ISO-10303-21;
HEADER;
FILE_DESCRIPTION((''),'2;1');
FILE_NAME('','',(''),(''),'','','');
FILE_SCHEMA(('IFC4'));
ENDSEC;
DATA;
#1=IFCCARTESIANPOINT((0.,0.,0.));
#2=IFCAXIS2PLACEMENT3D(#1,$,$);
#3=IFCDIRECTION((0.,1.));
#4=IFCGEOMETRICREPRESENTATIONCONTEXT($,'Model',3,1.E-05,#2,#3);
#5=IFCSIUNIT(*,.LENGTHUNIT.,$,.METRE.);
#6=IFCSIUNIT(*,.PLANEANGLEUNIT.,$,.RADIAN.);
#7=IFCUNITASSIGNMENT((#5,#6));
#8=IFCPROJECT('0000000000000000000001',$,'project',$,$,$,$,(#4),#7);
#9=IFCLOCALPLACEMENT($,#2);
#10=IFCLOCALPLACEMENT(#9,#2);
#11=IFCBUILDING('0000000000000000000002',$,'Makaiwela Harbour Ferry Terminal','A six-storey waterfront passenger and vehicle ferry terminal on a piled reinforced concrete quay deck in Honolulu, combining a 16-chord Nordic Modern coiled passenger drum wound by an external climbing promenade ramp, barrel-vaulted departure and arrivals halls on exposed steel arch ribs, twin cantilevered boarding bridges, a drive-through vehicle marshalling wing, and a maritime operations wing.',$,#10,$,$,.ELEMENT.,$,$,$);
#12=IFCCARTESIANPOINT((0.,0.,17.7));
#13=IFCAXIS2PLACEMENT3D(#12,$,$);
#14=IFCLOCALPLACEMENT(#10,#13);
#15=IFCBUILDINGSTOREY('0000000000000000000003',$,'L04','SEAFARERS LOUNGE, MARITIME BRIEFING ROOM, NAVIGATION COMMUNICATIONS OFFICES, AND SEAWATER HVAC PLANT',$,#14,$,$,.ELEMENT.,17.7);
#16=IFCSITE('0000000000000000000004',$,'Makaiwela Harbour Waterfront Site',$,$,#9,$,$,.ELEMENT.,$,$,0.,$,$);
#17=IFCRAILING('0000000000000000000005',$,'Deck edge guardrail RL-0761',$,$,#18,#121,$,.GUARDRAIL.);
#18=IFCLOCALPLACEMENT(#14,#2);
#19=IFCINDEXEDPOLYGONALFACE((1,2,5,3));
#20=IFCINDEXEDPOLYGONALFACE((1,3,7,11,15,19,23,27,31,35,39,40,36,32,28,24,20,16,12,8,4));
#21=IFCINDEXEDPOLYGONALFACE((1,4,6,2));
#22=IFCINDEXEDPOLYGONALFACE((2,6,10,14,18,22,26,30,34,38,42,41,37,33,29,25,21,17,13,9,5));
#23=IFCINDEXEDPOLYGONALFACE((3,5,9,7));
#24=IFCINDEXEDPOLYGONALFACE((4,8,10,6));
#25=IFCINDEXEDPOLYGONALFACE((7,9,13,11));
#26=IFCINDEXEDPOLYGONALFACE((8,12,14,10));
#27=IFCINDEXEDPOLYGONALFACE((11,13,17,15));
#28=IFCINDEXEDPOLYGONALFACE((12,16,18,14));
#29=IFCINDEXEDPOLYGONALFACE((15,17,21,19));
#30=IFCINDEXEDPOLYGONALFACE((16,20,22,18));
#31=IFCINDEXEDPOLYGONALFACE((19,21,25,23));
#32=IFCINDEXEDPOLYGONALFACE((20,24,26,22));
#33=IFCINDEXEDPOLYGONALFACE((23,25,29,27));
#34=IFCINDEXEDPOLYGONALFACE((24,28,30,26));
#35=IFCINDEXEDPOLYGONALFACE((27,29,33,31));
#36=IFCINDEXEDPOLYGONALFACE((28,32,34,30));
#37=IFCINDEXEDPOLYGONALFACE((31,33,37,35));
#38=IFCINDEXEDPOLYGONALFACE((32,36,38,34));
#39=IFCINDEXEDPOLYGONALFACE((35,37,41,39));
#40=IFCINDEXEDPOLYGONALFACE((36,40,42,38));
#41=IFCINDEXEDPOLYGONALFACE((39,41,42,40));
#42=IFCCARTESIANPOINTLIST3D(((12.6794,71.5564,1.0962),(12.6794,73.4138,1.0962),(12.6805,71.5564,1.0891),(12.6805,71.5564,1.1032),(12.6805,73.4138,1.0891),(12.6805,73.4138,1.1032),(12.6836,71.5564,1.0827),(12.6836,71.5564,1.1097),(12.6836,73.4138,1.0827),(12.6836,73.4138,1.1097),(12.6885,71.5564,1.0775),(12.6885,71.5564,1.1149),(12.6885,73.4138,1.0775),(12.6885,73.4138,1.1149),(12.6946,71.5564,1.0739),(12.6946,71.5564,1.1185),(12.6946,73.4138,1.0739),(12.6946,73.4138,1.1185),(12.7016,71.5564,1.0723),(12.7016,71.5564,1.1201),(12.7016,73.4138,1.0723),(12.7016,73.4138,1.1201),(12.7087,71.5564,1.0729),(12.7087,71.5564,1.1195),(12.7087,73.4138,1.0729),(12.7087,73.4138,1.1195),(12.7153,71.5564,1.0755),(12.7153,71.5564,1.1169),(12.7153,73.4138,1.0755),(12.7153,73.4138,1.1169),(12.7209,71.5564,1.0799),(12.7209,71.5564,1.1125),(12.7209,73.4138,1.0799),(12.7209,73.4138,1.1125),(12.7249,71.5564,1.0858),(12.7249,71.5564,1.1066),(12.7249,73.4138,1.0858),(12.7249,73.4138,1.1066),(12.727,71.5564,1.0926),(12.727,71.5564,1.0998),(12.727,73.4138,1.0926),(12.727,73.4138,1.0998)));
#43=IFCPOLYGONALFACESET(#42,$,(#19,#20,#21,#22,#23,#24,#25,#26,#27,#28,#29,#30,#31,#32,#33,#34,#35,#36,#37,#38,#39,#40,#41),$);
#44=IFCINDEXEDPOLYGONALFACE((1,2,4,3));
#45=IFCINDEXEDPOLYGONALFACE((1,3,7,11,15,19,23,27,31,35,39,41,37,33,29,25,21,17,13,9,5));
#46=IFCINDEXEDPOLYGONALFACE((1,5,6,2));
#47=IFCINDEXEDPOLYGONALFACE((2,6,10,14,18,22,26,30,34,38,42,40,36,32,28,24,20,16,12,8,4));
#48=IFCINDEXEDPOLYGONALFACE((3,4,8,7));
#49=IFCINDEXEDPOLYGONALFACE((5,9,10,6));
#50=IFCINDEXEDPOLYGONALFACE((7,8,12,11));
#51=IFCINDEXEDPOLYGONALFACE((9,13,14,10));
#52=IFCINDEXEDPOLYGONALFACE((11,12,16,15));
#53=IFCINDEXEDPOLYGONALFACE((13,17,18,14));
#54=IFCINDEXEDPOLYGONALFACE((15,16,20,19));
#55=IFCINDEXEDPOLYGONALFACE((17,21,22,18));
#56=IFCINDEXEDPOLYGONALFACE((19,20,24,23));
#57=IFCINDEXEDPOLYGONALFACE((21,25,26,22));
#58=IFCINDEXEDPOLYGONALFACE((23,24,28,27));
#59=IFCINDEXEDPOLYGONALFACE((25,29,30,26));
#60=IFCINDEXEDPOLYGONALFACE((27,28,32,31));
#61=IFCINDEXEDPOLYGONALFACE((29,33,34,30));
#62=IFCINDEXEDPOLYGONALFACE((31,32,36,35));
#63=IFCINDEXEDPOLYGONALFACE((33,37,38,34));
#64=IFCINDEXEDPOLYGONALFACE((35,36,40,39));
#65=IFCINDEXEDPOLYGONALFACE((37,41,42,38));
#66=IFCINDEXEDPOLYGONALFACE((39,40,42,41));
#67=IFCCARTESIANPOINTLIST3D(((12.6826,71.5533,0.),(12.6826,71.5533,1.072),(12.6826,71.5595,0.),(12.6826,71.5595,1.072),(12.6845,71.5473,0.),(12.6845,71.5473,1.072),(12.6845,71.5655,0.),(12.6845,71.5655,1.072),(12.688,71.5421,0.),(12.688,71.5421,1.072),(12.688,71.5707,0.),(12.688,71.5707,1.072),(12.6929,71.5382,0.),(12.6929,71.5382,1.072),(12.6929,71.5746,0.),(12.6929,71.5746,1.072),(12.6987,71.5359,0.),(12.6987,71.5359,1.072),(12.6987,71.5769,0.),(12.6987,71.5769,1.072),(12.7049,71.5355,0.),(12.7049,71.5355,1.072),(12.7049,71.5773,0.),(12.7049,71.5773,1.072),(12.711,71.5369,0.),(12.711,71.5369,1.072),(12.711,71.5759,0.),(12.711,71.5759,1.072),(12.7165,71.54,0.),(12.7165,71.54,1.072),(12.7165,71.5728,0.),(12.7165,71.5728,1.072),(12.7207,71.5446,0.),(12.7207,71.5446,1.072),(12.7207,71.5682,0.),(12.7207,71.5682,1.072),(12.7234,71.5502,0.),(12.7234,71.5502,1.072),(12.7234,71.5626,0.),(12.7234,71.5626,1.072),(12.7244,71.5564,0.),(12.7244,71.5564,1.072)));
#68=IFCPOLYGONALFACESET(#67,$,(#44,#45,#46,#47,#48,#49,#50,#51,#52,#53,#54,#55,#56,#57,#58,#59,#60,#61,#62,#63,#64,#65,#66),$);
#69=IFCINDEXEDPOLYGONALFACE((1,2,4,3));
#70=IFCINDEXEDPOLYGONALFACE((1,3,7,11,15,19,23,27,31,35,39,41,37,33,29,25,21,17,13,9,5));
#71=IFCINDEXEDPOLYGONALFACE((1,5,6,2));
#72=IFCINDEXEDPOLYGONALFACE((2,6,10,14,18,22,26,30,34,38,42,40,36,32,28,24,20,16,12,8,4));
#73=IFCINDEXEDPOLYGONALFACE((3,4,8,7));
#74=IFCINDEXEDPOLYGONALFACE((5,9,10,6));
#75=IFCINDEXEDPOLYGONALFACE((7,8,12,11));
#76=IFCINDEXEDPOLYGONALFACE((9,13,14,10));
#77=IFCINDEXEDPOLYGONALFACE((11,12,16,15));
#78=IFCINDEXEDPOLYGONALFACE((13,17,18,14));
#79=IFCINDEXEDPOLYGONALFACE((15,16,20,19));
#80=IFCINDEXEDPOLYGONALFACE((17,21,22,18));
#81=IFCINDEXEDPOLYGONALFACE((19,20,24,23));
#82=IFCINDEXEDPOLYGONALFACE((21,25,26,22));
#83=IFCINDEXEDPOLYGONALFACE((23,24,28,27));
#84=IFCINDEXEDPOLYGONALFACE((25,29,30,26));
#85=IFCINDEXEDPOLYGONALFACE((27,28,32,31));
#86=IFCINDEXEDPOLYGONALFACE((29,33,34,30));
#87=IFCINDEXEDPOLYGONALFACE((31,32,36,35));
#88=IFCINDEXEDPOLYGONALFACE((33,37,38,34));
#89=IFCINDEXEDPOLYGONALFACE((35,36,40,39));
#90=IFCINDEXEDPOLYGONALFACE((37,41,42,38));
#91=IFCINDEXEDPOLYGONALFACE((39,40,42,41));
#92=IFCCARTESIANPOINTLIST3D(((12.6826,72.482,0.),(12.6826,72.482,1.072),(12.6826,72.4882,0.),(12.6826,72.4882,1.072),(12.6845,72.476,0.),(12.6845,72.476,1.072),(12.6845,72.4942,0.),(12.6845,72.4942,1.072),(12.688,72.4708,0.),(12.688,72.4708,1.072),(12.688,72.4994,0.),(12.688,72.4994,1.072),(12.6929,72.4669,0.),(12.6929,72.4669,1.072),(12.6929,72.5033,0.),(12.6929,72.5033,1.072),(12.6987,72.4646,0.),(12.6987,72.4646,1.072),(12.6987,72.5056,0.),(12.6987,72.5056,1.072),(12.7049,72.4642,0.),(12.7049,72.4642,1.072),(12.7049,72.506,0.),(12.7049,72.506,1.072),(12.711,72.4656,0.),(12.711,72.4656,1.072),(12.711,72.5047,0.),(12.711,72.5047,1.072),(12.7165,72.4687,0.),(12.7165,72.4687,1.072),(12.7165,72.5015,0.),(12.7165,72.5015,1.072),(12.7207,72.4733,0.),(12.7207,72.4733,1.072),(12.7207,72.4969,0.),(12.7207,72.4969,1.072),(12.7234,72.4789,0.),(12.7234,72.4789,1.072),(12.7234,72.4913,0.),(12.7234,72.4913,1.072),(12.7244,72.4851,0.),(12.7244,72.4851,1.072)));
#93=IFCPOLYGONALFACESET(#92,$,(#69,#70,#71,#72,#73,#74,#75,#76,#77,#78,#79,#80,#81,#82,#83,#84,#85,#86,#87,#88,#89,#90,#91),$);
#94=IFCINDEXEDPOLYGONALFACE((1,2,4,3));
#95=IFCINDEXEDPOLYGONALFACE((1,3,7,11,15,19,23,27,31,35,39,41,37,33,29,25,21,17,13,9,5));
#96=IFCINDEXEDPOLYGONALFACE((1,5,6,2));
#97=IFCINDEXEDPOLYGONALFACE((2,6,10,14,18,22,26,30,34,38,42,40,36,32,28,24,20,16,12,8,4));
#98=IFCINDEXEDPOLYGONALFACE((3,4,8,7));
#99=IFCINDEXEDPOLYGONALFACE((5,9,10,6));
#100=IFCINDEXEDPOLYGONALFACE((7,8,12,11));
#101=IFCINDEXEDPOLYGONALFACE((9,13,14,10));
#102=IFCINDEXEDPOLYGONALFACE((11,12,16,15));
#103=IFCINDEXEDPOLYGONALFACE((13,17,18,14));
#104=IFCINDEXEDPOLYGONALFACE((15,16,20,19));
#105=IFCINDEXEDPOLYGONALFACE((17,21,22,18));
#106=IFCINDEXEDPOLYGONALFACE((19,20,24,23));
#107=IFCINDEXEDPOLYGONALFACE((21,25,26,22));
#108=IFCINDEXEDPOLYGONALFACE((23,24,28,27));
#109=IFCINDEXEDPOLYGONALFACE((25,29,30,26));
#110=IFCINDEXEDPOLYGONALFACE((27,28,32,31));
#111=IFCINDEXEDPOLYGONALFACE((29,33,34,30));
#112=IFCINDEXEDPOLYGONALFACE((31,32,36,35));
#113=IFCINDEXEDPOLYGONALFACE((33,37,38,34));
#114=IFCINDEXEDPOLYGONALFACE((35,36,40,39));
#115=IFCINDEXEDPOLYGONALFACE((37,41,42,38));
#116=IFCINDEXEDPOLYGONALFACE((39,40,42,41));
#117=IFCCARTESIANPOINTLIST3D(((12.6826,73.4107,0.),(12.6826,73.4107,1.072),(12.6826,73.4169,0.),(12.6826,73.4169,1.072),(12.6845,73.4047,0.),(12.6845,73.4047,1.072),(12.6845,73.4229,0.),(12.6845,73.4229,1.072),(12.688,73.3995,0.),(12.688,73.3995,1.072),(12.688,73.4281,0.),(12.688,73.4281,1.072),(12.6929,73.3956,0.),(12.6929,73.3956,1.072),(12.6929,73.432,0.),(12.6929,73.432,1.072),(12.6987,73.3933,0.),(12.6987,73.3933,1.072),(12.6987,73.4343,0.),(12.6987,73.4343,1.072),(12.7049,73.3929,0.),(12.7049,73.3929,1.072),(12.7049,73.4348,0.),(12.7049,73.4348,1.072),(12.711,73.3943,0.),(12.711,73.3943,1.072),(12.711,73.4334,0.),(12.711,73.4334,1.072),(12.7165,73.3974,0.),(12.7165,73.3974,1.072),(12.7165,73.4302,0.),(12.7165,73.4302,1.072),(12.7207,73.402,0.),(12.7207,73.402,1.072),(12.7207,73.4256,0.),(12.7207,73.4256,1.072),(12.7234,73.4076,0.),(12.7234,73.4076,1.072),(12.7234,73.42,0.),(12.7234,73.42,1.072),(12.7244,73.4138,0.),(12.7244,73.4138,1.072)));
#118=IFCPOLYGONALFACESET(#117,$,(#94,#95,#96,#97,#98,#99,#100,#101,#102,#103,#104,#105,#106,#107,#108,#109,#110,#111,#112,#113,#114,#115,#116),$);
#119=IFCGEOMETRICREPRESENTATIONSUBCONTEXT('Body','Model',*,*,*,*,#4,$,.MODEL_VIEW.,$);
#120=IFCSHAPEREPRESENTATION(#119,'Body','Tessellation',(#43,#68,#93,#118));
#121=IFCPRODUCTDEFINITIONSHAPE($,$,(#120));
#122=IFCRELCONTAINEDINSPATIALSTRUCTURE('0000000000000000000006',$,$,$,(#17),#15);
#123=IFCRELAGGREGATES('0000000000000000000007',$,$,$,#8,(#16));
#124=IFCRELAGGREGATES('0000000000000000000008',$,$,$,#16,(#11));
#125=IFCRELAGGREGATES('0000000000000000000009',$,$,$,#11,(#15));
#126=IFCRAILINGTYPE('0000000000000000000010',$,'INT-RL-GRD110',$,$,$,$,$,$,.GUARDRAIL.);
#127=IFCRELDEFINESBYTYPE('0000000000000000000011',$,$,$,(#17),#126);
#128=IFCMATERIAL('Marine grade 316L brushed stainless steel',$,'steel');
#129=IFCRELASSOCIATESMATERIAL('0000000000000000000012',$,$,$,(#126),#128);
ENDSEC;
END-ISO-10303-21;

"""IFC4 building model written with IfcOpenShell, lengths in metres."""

from ifc_helpers import new_model, si_unit, direction, frame, origin, origin_2d, place, context, subcontext, project, spatial, circle, extrude, material, type_object, element, save


model = new_model("IFC4")

# Units and contexts
model_context = context("Model", 3, precision=1e-05, world=origin(), true_north=direction((0.0, 1.0)))
body_context = subcontext(model_context, "Body", "Model", "MODEL_VIEW")
ifc_project = project(units=[si_unit("LENGTHUNIT", "METRE"), si_unit("PLANEANGLEUNIT", "RADIAN")], contexts=[model_context])

# Site, building, storey
site_placement = place(None, origin())
site = spatial("IfcSite", under=ifc_project, at=site_placement, Name="Makaiwela Harbour Waterfront Site", CompositionType="ELEMENT", RefElevation=0.0)
building_placement = place(site_placement, origin())
building = spatial("IfcBuilding", under=site, at=building_placement, Name="Makaiwela Harbour Ferry Terminal", Description="A six-storey waterfront passenger and vehicle ferry terminal on a piled reinforced concrete quay deck in Honolulu, combining a 16-chord Nordic Modern coiled passenger drum wound by an external climbing promenade ramp, barrel-vaulted departure and arrivals halls on exposed steel arch ribs, twin cantilevered boarding bridges, a drive-through vehicle marshalling wing, and a maritime operations wing.", CompositionType="ELEMENT")
storey_placement = place(building_placement, frame((0.0, 0.0, 17.7)))
storey = spatial("IfcBuildingStorey", under=building, at=storey_placement, Name="L04", Description="SEAFARERS LOUNGE, MARITIME BRIEFING ROOM, NAVIGATION COMMUNICATIONS OFFICES, AND SEAWATER HVAC PLANT", CompositionType="ELEMENT", Elevation=17.7)

# Railing
ifc_material_1 = material(Name="Marine grade 316L brushed stainless steel", Category="steel")
railing_type = type_object("IfcRailingType", Name="INT-RL-GRD110", PredefinedType="GUARDRAIL", material=ifc_material_1)
railing_1_placement = place(storey_placement, frame((12.7034, 71.5564, 0.0)))
element("IfcRailing", 1, at=railing_1_placement, inside=storey, type_object=railing_type, Name="Deck edge guardrail RL-0761", PredefinedType="GUARDRAIL", context=body_context, shape_type="SweptSolid", body=[
    extrude(circle(Radius=0.0239, at=origin_2d()), frame((0.0, 0.0, 1.0962), z_axis=(0.0, 1.0, 0.0), x_axis=(-1.0, 0.0, 0.0)), (0.0, 0.0, 1.0), 1.8574),
    extrude(circle(Radius=0.021, at=origin_2d()), origin(), (0.0, 0.0, 1.0), 1.072),
    extrude(circle(Radius=0.021, at=origin_2d()), frame((0.0, 0.9287, 0.0)), (0.0, 0.0, 1.0), 1.072),
    extrude(circle(Radius=0.021, at=origin_2d()), frame((0.0, 1.8574, 0.0)), (0.0, 0.0, 1.0), 1.072),
])

save(model, "model.ifc")
